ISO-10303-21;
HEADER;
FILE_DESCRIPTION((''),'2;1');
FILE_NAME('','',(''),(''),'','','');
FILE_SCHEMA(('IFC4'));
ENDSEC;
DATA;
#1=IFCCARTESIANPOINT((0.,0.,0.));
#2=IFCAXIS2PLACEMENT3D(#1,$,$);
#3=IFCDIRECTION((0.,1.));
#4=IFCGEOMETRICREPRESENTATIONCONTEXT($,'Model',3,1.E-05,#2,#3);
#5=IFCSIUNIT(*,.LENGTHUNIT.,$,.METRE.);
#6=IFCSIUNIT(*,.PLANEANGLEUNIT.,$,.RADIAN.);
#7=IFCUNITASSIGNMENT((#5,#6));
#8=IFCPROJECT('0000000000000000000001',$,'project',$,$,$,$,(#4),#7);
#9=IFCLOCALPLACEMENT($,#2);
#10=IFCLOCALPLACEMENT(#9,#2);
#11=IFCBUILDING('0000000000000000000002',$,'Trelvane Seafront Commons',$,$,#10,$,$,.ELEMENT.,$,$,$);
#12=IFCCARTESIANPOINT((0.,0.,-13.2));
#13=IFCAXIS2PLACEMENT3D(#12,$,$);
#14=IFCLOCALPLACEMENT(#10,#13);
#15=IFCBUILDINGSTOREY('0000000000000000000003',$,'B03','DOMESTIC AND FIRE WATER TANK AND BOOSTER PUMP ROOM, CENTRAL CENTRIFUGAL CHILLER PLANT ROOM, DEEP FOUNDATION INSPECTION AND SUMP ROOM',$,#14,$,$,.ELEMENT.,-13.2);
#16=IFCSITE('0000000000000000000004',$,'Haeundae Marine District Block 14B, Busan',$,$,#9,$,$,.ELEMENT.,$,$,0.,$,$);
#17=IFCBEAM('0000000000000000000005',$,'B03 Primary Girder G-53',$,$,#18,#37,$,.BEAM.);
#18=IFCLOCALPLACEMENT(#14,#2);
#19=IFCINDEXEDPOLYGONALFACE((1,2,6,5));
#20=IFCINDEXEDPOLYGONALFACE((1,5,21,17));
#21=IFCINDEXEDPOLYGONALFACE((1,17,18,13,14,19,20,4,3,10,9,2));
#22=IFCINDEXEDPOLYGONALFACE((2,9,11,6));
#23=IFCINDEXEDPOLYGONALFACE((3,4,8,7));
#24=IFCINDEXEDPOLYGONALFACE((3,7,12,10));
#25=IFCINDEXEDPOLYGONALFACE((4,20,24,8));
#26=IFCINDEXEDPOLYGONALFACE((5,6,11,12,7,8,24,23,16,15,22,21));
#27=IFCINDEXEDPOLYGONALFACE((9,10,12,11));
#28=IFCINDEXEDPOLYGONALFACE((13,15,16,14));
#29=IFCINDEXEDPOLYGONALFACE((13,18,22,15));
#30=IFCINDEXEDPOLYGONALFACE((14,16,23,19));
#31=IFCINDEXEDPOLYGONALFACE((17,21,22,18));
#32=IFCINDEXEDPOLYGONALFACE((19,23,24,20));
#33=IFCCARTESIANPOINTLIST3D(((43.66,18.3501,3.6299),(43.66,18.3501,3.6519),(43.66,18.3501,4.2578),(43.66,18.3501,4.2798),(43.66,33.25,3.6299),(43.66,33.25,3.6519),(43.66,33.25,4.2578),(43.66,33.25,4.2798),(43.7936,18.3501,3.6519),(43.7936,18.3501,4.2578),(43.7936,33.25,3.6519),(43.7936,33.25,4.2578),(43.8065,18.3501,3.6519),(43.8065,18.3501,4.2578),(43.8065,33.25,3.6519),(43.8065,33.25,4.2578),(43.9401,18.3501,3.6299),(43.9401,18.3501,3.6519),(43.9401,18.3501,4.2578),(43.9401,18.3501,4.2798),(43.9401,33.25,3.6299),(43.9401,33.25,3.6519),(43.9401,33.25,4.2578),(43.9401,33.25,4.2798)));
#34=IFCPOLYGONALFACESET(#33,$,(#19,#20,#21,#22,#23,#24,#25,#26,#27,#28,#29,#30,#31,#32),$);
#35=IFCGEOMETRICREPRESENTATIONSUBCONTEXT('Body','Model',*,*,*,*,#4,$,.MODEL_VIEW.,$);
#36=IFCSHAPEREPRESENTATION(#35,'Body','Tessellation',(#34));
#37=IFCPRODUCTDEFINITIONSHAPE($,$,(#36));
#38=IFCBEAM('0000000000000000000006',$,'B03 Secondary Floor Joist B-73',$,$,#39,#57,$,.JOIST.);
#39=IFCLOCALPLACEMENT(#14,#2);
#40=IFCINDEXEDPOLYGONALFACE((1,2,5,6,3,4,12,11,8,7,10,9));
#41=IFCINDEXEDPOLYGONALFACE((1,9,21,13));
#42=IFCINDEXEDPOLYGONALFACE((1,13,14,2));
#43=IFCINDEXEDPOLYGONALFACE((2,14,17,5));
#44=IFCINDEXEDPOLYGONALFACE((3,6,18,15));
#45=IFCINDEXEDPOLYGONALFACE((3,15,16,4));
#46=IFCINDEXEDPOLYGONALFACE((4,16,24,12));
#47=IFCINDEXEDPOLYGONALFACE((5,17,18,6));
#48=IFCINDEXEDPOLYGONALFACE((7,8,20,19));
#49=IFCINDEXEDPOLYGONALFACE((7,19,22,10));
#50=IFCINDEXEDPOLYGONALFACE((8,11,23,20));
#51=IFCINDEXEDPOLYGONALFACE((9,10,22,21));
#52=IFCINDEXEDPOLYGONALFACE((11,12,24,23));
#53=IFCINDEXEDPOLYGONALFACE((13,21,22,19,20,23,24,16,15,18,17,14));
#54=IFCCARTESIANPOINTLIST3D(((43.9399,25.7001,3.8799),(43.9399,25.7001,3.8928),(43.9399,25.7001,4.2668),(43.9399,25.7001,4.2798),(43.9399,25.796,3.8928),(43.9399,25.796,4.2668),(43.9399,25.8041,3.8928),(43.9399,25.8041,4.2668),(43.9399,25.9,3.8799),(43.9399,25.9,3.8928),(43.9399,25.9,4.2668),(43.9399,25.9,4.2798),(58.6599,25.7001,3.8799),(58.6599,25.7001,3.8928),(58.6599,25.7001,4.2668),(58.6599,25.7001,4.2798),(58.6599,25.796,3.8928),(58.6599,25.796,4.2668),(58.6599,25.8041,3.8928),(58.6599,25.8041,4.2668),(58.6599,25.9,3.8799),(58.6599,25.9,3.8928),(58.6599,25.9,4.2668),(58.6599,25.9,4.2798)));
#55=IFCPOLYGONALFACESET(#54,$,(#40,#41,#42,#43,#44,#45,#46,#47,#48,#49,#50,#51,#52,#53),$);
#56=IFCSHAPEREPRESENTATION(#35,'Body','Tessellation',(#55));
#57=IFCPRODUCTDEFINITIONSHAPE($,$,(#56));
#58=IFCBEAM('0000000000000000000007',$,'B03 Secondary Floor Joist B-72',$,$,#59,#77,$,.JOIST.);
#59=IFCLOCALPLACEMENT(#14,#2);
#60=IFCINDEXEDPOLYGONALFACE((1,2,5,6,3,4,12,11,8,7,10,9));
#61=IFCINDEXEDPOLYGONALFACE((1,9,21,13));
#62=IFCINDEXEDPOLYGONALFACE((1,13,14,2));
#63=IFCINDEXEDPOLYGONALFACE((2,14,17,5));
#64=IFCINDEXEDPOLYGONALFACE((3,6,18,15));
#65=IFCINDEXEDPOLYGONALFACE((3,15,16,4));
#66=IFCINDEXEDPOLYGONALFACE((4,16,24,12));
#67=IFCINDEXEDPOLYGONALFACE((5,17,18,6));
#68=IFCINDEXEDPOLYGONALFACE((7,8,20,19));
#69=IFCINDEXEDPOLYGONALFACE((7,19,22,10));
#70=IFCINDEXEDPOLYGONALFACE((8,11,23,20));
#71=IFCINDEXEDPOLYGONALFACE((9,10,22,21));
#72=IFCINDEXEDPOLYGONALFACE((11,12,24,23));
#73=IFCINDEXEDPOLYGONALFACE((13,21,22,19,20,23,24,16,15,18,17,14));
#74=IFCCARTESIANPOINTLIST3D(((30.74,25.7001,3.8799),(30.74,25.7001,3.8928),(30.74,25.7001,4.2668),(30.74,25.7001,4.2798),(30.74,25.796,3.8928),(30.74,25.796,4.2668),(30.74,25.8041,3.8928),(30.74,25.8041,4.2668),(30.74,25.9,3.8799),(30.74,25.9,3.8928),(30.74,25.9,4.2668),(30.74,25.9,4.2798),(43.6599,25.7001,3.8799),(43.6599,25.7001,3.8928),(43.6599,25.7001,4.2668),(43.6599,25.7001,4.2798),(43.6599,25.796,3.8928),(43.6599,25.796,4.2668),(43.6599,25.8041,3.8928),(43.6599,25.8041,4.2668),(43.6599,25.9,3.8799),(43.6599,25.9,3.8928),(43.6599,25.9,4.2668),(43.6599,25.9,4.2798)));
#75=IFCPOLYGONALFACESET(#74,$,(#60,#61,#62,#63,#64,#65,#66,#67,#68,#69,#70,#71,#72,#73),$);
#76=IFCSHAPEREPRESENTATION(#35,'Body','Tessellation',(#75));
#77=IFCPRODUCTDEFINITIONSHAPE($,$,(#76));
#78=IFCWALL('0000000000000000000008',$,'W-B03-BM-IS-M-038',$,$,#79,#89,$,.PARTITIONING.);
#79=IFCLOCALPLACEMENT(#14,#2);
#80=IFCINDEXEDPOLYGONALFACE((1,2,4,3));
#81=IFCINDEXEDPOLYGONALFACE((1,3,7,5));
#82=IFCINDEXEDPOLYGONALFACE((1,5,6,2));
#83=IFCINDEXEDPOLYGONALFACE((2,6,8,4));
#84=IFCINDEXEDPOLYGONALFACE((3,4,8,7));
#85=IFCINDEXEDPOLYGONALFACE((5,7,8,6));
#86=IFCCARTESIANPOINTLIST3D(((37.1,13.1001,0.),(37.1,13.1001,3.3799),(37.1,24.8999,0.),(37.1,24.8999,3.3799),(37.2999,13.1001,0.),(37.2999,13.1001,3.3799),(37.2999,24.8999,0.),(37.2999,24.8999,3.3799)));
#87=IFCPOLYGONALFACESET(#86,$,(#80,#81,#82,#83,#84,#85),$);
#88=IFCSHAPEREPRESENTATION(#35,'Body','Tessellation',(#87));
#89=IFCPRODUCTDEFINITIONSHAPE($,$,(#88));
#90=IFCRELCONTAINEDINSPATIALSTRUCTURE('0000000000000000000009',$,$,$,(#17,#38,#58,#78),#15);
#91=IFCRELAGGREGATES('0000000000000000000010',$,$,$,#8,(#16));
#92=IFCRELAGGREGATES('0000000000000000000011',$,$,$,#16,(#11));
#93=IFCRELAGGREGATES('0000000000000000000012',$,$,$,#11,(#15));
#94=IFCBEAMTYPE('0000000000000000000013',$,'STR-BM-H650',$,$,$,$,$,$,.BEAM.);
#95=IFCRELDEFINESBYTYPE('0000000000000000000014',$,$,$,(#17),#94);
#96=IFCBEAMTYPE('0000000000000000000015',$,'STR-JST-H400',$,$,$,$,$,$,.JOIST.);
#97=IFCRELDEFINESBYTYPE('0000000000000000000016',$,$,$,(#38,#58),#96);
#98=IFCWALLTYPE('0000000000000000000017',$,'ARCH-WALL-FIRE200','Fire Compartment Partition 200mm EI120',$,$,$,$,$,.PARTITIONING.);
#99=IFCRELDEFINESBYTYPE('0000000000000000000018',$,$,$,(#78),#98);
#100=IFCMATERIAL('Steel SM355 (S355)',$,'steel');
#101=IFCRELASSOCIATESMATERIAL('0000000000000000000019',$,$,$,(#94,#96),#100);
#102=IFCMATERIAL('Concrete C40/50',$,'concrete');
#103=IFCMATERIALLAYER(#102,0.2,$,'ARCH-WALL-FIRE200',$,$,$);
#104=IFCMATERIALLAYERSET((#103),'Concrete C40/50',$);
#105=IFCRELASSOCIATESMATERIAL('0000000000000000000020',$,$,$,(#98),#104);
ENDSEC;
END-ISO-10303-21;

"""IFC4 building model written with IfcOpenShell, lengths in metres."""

from ifc_helpers import new_model, si_unit, direction, frame, frame_2d, origin, origin_2d, place, context, subcontext, project, spatial, rectangle, i_section, extrude, source, transform, mapped, material, layer, layer_set, material_profile, profile_set, type_object, element, save


model = new_model("IFC4")

# Units and contexts
model_context = context("Model", 3, precision=1e-05, world=origin(), true_north=direction((0.0, 1.0)))
body_context = subcontext(model_context, "Body", "Model", "MODEL_VIEW")
ifc_project = project(units=[si_unit("LENGTHUNIT", "METRE"), si_unit("PLANEANGLEUNIT", "RADIAN")], contexts=[model_context])

# Site, building, storey
site_placement = place(None, origin())
site = spatial("IfcSite", under=ifc_project, at=site_placement, Name="Haeundae Marine District Block 14B, Busan", CompositionType="ELEMENT", RefElevation=0.0)
building_placement = place(site_placement, origin())
building = spatial("IfcBuilding", under=site, at=building_placement, Name="Trelvane Seafront Commons", CompositionType="ELEMENT")
storey_placement = place(building_placement, frame((0.0, 0.0, -13.2)))
storey = spatial("IfcBuildingStorey", under=building, at=storey_placement, Name="B03", Description="DOMESTIC AND FIRE WATER TANK AND BOOSTER PUMP ROOM, CENTRAL CENTRIFUGAL CHILLER PLANT ROOM, DEEP FOUNDATION INSPECTION AND SUMP ROOM", CompositionType="ELEMENT", Elevation=-13.2)

# Beams
ifc_material_1 = material(Name="Steel SM355 (S355)", Category="steel")
ifc_material_profile_1 = material_profile(ifc_material_1, i_section(OverallWidth=0.28, OverallDepth=0.6499, WebThickness=0.0129, FlangeThickness=0.022, at=origin_2d()), Name="H-650x280x13x22")
ifc_profile_set_1 = profile_set([ifc_material_profile_1], Name="Steel SM355 (S355)")
beam_type_1 = type_object("IfcBeamType", Name="STR-BM-H650", PredefinedType="BEAM", material=ifc_profile_set_1)
shared_shape_1 = source(origin(), body_context, "Body", "SweptSolid", [
    extrude(i_section(OverallWidth=0.28, OverallDepth=0.6499, WebThickness=0.0129, FlangeThickness=0.022, at=origin_2d()), origin(), (0.0, 0.0, 1.0), 14.8999),
])
beam_1_placement = place(storey_placement, frame((43.8, 18.3501, 3.9548), z_axis=(0.0, 1.0, 0.0), x_axis=(-1.0, 0.0, 0.0)))
element("IfcBeam", 1, at=beam_1_placement, inside=storey, type_object=beam_type_1, Name="B03 Primary Girder G-53", PredefinedType="BEAM", context=body_context, shape_type="MappedRepresentation", body=[
    mapped(shared_shape_1, transform((0.0, 0.0, 0.0), x_axis=(1.0, 0.0, 0.0), y_axis=(0.0, 1.0, 0.0), z_axis=(0.0, 0.0, 1.0), scale=1.0)),
])
ifc_material_profile_2 = material_profile(ifc_material_1, i_section(OverallWidth=0.2, OverallDepth=0.3999, WebThickness=0.0081, FlangeThickness=0.0129, at=origin_2d()), Name="H-400x200x8x13")
ifc_profile_set_2 = profile_set([ifc_material_profile_2], Name="Steel SM355 (S355)")
beam_type_2 = type_object("IfcBeamType", Name="STR-JST-H400", PredefinedType="JOIST", material=ifc_profile_set_2)
shared_shape_2 = source(origin(), body_context, "Body", "SweptSolid", [
    extrude(i_section(OverallWidth=0.2, OverallDepth=0.3999, WebThickness=0.0081, FlangeThickness=0.0129, at=origin_2d()), origin(), (0.0, 0.0, 1.0), 14.72),
])
beam_2_placement = place(storey_placement, frame((43.9399, 25.8, 4.0798), z_axis=(1.0, 0.0, 0.0), x_axis=(0.0, 1.0, 0.0)))
element("IfcBeam", 2, at=beam_2_placement, inside=storey, type_object=beam_type_2, Name="B03 Secondary Floor Joist B-73", PredefinedType="JOIST", context=body_context, shape_type="MappedRepresentation", body=[
    mapped(shared_shape_2, transform((0.0, 0.0, 0.0), x_axis=(1.0, 0.0, 0.0), y_axis=(0.0, 1.0, 0.0), z_axis=(0.0, 0.0, 1.0), scale=1.0)),
])
shared_shape_3 = source(origin(), body_context, "Body", "SweptSolid", [
    extrude(i_section(OverallWidth=0.2, OverallDepth=0.3999, WebThickness=0.0081, FlangeThickness=0.0129, at=origin_2d()), origin(), (0.0, 0.0, 1.0), 12.9199),
])
beam_3_placement = place(storey_placement, frame((30.74, 25.8, 4.0798), z_axis=(1.0, 0.0, 0.0), x_axis=(0.0, 1.0, 0.0)))
element("IfcBeam", 3, at=beam_3_placement, inside=storey, type_object=beam_type_2, Name="B03 Secondary Floor Joist B-72", PredefinedType="JOIST", context=body_context, shape_type="MappedRepresentation", body=[
    mapped(shared_shape_3, transform((0.0, 0.0, 0.0), x_axis=(1.0, 0.0, 0.0), y_axis=(0.0, 1.0, 0.0), z_axis=(0.0, 0.0, 1.0), scale=1.0)),
])

# Wall
ifc_material_2 = material(Name="Concrete C40/50", Category="concrete")
ifc_layer = layer(ifc_material_2, 0.2, Name="ARCH-WALL-FIRE200")
ifc_layer_set = layer_set([ifc_layer], Name="Concrete C40/50")
wall_type = type_object("IfcWallType", Name="ARCH-WALL-FIRE200", Description="Fire Compartment Partition 200mm EI120", PredefinedType="PARTITIONING", material=ifc_layer_set)
wall_placement = place(storey_placement, frame((37.2, 13.1001, 0.0), z_axis=(0.0, 0.0, 1.0), x_axis=(0.0, 1.0, 0.0)))
element("IfcWall", 4, at=wall_placement, inside=storey, type_object=wall_type, Name="W-B03-BM-IS-M-038", PredefinedType="PARTITIONING", context=body_context, shape_type="SweptSolid", body=[
    extrude(rectangle(XDim=11.7998, YDim=0.2, at=frame_2d((5.8999, 0.0))), origin(), (0.0, 0.0, 1.0), 3.3799),
])

save(model, "model.ifc")
